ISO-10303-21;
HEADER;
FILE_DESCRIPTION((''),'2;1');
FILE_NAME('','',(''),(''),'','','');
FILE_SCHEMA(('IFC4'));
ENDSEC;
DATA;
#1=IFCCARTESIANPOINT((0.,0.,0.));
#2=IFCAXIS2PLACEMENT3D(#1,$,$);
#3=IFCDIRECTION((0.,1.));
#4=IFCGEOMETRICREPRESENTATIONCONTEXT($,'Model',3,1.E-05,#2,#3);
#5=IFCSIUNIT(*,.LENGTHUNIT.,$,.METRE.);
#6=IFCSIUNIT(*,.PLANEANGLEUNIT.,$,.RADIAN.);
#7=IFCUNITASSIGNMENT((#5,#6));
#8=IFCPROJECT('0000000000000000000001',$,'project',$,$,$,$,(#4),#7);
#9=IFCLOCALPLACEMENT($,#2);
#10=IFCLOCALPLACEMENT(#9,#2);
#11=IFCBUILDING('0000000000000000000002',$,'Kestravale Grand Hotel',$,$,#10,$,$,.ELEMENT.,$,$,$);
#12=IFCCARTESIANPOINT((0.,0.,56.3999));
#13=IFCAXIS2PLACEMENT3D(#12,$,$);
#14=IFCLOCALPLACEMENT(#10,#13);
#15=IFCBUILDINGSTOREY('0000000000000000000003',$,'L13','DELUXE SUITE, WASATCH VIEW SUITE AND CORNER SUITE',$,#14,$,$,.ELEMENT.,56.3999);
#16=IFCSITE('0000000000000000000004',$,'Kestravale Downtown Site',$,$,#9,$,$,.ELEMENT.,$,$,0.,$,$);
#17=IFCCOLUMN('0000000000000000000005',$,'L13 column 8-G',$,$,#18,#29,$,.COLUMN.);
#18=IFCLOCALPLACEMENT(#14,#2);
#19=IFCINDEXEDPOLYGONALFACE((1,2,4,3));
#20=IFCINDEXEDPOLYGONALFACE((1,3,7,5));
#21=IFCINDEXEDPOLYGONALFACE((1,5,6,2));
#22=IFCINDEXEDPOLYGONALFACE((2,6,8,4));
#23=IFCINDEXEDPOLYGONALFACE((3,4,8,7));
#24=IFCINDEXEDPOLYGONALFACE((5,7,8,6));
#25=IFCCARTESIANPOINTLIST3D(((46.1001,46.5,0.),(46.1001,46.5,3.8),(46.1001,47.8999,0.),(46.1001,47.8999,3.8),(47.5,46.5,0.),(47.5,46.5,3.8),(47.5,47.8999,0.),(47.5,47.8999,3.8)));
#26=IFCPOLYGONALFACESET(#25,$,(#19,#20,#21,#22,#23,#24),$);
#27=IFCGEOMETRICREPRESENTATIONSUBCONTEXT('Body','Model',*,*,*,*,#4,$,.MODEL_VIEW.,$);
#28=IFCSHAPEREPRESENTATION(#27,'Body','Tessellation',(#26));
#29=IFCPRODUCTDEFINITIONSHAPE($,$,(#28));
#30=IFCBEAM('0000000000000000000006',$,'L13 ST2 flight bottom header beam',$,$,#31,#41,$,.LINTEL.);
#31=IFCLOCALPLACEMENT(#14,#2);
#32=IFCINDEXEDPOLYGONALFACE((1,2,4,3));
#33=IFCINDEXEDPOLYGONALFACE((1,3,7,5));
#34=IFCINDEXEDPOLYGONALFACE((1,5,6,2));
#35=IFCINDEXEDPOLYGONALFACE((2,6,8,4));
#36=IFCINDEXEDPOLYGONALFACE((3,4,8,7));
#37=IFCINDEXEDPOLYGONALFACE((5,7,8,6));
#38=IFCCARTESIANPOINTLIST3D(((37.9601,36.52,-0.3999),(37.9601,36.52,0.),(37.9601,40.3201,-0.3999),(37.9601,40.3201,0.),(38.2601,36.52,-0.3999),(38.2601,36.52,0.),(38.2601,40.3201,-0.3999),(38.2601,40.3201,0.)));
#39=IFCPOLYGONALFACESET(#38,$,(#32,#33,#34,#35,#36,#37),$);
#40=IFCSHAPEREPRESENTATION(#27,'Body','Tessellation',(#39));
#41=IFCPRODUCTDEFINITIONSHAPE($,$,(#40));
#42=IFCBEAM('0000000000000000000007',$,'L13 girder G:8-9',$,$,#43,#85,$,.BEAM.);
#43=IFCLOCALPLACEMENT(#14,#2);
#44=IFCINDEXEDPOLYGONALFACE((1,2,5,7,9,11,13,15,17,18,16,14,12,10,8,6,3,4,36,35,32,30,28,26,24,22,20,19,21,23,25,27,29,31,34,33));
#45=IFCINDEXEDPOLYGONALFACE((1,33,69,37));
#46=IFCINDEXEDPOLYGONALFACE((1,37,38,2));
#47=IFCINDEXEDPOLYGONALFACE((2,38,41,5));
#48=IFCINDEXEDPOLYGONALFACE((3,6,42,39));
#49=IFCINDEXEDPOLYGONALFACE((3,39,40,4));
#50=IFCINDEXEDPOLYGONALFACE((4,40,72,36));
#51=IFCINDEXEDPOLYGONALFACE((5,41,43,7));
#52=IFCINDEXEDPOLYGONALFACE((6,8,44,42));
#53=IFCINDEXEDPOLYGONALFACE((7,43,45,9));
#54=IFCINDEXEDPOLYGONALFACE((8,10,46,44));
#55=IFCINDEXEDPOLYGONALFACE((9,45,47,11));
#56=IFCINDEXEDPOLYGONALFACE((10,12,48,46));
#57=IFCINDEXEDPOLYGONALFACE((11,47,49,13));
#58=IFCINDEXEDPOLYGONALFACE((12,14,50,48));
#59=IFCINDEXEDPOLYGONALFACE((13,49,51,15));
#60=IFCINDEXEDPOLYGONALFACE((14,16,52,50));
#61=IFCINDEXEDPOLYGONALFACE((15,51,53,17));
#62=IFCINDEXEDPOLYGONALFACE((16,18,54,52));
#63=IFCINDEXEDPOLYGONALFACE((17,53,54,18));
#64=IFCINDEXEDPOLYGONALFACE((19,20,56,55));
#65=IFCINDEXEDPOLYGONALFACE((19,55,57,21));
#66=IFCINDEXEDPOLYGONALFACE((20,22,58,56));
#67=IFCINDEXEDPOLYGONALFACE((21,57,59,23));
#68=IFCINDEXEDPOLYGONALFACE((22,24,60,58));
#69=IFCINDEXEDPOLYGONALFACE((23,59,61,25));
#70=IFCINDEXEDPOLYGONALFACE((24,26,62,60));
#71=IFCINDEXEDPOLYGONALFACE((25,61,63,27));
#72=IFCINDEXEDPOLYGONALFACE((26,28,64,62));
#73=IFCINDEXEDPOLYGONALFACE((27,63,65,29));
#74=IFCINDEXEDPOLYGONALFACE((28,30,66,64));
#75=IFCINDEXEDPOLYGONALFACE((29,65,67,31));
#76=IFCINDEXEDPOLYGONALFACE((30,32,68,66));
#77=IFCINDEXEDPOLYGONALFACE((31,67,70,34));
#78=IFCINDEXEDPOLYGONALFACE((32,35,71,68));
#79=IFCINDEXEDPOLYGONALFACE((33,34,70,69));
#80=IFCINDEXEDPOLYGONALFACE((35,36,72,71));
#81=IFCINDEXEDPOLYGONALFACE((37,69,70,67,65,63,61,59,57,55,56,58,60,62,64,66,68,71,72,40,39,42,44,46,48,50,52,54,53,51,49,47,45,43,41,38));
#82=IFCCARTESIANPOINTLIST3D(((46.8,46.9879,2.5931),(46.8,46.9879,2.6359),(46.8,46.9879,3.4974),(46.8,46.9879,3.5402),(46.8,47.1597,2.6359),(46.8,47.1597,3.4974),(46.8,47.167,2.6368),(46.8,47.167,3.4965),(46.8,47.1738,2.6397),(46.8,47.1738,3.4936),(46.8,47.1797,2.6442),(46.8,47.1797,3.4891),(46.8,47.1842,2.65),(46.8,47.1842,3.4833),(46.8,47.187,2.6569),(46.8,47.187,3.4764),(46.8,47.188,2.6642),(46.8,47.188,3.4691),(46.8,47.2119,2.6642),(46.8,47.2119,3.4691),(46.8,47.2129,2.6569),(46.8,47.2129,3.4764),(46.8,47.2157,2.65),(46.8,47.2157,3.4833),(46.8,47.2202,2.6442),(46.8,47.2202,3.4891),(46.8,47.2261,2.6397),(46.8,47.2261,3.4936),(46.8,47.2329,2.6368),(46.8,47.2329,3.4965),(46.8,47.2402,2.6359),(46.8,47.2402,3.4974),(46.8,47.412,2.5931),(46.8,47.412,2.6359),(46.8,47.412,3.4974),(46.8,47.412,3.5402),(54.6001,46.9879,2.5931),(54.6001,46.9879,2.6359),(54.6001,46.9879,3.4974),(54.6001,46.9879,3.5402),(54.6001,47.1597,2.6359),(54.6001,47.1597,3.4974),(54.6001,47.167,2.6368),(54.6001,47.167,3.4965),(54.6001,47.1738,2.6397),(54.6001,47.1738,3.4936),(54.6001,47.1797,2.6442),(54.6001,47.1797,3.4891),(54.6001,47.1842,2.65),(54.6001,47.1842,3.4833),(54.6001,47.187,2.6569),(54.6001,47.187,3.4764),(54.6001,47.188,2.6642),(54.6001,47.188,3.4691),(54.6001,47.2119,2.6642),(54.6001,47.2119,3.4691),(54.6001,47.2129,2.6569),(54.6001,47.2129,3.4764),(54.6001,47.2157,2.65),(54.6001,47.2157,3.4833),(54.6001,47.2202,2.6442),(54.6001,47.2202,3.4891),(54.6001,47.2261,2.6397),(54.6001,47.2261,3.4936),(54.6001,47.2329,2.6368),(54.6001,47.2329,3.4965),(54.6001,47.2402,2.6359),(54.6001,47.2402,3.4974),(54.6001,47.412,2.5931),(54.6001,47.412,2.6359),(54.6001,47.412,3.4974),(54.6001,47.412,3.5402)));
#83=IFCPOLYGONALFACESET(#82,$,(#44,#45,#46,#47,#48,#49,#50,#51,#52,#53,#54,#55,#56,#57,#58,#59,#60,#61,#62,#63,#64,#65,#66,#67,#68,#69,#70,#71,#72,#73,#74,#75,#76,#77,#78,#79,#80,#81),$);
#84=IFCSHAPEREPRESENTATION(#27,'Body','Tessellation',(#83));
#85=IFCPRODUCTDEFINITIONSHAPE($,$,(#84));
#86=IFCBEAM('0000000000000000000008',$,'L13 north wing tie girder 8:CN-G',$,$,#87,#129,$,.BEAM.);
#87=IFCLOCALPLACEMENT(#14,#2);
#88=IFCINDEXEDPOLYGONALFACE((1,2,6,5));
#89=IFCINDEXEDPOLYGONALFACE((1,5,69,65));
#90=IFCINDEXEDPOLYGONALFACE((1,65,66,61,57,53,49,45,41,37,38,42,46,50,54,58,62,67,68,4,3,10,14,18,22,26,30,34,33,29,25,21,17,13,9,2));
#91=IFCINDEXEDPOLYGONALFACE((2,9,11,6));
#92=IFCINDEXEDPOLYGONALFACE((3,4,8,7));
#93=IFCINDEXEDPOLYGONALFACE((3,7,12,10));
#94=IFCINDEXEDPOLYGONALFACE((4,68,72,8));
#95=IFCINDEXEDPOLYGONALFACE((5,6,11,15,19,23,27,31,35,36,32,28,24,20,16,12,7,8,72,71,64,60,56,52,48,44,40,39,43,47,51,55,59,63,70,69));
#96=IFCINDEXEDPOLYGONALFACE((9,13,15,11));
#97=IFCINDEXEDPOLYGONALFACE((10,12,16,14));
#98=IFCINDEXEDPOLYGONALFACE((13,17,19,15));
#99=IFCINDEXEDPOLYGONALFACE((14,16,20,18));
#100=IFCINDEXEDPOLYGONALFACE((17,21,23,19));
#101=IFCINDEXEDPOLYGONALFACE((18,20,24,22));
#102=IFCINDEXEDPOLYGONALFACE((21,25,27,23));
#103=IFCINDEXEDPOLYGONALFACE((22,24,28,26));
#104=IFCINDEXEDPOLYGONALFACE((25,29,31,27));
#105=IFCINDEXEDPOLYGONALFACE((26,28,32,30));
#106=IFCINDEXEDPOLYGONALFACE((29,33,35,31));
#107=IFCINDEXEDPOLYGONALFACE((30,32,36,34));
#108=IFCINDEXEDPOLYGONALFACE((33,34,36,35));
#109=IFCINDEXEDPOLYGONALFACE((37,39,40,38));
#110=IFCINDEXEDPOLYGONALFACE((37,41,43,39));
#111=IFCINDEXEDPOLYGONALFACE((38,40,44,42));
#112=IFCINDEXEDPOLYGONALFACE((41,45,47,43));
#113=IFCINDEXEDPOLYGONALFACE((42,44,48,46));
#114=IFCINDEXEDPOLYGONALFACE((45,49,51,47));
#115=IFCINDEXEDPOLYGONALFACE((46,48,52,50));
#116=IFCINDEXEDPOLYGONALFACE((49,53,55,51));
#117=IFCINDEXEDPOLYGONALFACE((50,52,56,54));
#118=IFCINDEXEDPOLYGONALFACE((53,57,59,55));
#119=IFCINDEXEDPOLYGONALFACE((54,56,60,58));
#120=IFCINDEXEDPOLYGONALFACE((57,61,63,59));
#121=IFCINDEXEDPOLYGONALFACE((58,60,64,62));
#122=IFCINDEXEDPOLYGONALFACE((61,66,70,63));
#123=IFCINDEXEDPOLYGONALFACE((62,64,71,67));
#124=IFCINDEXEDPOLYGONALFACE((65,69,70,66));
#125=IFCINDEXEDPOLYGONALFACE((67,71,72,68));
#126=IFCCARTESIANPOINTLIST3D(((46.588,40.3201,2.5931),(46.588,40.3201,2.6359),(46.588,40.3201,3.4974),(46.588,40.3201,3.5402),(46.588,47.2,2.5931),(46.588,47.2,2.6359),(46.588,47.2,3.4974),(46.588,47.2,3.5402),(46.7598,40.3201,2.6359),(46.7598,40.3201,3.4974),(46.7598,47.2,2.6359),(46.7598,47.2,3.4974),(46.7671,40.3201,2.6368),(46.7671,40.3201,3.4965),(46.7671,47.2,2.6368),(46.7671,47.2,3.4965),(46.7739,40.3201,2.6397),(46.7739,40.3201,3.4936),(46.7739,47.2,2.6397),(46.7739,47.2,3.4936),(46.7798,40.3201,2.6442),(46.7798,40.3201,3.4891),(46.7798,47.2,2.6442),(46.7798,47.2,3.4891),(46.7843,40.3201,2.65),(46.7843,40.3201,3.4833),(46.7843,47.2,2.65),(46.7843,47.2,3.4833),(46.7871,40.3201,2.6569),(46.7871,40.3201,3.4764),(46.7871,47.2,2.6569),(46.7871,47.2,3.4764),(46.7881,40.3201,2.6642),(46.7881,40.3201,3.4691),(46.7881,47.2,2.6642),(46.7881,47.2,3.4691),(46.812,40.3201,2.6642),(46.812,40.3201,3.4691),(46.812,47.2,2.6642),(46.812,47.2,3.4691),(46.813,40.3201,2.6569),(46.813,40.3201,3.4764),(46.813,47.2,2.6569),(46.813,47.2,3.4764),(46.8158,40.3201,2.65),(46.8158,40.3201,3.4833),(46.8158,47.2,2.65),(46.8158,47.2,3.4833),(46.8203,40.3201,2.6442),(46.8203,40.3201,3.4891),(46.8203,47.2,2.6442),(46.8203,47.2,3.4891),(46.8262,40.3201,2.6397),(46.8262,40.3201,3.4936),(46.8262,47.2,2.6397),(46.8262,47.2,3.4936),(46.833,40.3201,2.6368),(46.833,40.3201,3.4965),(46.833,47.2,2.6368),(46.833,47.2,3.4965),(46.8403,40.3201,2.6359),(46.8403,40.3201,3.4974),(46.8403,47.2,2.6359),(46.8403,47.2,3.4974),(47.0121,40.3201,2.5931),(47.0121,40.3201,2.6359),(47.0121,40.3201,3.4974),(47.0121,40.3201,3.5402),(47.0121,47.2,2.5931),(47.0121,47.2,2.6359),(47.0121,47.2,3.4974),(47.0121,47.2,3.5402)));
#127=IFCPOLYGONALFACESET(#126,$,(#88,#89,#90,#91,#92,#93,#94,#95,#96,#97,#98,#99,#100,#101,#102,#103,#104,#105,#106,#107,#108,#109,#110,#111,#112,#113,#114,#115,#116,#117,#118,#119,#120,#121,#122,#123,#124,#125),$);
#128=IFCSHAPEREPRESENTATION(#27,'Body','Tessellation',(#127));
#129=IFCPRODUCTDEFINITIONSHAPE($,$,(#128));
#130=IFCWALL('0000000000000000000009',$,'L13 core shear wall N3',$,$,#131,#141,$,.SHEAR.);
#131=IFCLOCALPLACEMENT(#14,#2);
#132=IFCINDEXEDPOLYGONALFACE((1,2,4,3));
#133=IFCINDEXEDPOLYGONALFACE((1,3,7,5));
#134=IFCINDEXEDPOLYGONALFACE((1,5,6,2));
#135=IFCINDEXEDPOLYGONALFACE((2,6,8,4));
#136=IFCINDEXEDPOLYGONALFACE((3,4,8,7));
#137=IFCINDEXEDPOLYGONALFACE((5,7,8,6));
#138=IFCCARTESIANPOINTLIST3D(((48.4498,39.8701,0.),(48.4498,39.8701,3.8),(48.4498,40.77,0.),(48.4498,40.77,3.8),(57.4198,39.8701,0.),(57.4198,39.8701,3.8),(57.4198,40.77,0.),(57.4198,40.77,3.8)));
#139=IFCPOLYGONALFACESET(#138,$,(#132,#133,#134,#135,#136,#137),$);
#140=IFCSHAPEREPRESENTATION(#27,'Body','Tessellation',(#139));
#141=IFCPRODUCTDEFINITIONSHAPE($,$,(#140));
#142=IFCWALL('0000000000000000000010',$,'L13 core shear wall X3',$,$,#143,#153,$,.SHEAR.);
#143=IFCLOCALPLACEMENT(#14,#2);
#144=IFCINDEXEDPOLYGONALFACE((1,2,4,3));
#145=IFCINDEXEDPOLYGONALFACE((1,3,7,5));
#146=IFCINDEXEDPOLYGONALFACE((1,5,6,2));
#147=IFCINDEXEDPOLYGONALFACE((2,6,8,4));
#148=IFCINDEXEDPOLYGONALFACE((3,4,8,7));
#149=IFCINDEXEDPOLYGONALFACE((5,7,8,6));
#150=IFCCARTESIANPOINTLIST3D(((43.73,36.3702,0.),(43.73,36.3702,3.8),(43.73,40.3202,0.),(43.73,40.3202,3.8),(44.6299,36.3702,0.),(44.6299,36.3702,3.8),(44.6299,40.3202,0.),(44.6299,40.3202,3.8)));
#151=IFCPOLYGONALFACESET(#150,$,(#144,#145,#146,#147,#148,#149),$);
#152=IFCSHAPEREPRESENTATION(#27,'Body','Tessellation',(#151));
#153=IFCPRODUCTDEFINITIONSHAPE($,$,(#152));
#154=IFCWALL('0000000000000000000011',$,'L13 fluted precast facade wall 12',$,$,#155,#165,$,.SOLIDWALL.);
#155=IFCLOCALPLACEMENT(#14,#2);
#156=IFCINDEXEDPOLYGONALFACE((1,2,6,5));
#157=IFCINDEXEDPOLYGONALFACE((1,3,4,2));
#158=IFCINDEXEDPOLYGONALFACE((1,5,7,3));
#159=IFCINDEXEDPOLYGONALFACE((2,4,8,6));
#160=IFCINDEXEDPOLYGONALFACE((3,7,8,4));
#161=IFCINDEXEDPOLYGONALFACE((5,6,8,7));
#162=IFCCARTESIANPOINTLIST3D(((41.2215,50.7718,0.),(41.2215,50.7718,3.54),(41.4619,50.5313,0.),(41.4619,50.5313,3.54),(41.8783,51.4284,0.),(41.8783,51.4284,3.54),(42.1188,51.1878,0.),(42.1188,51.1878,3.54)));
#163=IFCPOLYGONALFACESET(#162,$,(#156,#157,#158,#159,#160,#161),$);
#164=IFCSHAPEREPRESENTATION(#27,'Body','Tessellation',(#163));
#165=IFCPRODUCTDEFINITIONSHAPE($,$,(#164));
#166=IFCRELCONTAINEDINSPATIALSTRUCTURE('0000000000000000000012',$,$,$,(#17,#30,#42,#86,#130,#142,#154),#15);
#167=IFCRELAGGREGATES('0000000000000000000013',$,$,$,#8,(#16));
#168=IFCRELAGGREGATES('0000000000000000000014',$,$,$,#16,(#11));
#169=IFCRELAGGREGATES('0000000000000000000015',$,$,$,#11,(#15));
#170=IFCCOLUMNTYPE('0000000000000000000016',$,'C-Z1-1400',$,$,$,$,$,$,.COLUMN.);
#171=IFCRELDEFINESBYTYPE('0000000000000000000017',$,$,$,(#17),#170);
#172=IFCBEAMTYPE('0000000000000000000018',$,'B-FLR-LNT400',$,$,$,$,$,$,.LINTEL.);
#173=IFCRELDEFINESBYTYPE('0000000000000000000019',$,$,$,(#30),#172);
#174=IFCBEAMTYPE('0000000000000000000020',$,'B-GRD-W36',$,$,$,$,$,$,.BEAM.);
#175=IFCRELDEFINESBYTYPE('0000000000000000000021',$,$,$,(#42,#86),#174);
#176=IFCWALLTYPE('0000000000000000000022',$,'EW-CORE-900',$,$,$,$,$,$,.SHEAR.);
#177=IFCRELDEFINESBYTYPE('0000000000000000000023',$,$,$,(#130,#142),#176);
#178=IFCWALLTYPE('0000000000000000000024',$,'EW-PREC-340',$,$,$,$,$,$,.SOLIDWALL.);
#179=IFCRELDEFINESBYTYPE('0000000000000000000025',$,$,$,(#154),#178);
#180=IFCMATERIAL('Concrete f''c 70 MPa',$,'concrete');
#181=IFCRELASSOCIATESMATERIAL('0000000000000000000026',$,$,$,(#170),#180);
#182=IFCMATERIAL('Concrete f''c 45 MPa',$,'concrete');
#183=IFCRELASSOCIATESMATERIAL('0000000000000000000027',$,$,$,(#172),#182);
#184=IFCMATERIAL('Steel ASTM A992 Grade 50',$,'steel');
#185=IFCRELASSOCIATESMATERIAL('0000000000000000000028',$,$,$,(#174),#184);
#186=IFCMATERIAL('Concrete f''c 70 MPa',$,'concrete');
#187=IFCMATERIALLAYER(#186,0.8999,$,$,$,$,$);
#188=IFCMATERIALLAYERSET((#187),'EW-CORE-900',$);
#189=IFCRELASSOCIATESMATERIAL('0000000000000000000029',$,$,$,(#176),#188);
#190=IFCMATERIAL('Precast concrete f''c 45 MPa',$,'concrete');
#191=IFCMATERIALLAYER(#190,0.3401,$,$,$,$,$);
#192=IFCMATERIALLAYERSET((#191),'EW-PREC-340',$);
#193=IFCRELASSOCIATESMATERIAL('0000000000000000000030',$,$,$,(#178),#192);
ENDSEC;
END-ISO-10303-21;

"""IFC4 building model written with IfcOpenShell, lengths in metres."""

from ifc_helpers import new_model, si_unit, direction, frame, frame_2d, origin, origin_2d, place, context, subcontext, project, spatial, rectangle, i_section, extrude, material, layer, layer_set, material_profile, profile_set, type_object, element, save


model = new_model("IFC4")

# Units and contexts
model_context = context("Model", 3, precision=1e-05, world=origin(), true_north=direction((0.0, 1.0)))
body_context = subcontext(model_context, "Body", "Model", "MODEL_VIEW")
ifc_project = project(units=[si_unit("LENGTHUNIT", "METRE"), si_unit("PLANEANGLEUNIT", "RADIAN")], contexts=[model_context])

# Site, building, storey
site_placement = place(None, origin())
site = spatial("IfcSite", under=ifc_project, at=site_placement, Name="Kestravale Downtown Site", CompositionType="ELEMENT", RefElevation=0.0)
building_placement = place(site_placement, origin())
building = spatial("IfcBuilding", under=site, at=building_placement, Name="Kestravale Grand Hotel", CompositionType="ELEMENT")
storey_placement = place(building_placement, frame((0.0, 0.0, 56.3999)))
storey = spatial("IfcBuildingStorey", under=building, at=storey_placement, Name="L13", Description="DELUXE SUITE, WASATCH VIEW SUITE AND CORNER SUITE", CompositionType="ELEMENT", Elevation=56.3999)

# Column
ifc_material_1 = material(Name="Concrete f'c 70 MPa", Category="concrete")
ifc_material_profile_1 = material_profile(ifc_material_1, rectangle(XDim=1.3999, YDim=1.3999, at=origin_2d()))
ifc_profile_set_1 = profile_set([ifc_material_profile_1], Name="Concrete f'c 70 MPa")
column_type = type_object("IfcColumnType", Name="C-Z1-1400", PredefinedType="COLUMN", material=ifc_profile_set_1)
column_placement = place(storey_placement, frame((46.8, 47.2, 0.0), z_axis=(0.0, 0.0, 1.0), x_axis=(1.0, 0.0, 0.0)))
element("IfcColumn", 1, at=column_placement, inside=storey, type_object=column_type, Name="L13 column 8-G", PredefinedType="COLUMN", context=body_context, shape_type="SweptSolid", body=[
    extrude(rectangle(XDim=1.3999, YDim=1.3999, at=origin_2d()), origin(), (0.0, 0.0, 1.0), 3.8),
])

# Beams
ifc_material_2 = material(Name="Concrete f'c 45 MPa", Category="concrete")
ifc_material_profile_2 = material_profile(ifc_material_2, rectangle(XDim=0.3, YDim=0.3999, at=origin_2d()))
ifc_profile_set_2 = profile_set([ifc_material_profile_2], Name="Concrete f'c 45 MPa")
beam_type_1 = type_object("IfcBeamType", Name="B-FLR-LNT400", PredefinedType="LINTEL", material=ifc_profile_set_2)
beam_1_placement = place(storey_placement, frame((38.1101, 36.52, -0.2), z_axis=(0.0, 1.0, 0.0), x_axis=(-1.0, 0.0, 0.0)))
element("IfcBeam", 2, at=beam_1_placement, inside=storey, type_object=beam_type_1, Name="L13 ST2 flight bottom header beam", PredefinedType="LINTEL", context=body_context, shape_type="SweptSolid", body=[
    extrude(rectangle(XDim=0.3, YDim=0.3999, at=origin_2d()), origin(), (0.0, 0.0, 1.0), 3.8),
])
ifc_material_3 = material(Name="Steel ASTM A992 Grade 50", Category="steel")
ifc_material_profile_3 = material_profile(ifc_material_3, i_section(OverallWidth=0.4241, OverallDepth=0.947, WebThickness=0.0239, FlangeThickness=0.0427, FilletRadius=0.0283, at=origin_2d()))
ifc_profile_set_3 = profile_set([ifc_material_profile_3], Name="Steel ASTM A992 Grade 50")
beam_type_2 = type_object("IfcBeamType", Name="B-GRD-W36", PredefinedType="BEAM", material=ifc_profile_set_3)
beam_2_placement = place(storey_placement, frame((46.8, 47.2, 3.0667), z_axis=(1.0, 0.0, 0.0), x_axis=(0.0, 1.0, 0.0)))
element("IfcBeam", 3, at=beam_2_placement, inside=storey, type_object=beam_type_2, Name="L13 girder G:8-9", PredefinedType="BEAM", context=body_context, shape_type="SweptSolid", body=[
    extrude(i_section(OverallWidth=0.4241, OverallDepth=0.947, WebThickness=0.0239, FlangeThickness=0.0427, FilletRadius=0.0283, at=origin_2d()), origin(), (0.0, 0.0, 1.0), 7.8),
])
beam_3_placement = place(storey_placement, frame((46.8, 40.3201, 3.0667), z_axis=(0.0, 1.0, 0.0), x_axis=(-1.0, 0.0, 0.0)))
element("IfcBeam", 4, at=beam_3_placement, inside=storey, type_object=beam_type_2, Name="L13 north wing tie girder 8:CN-G", PredefinedType="BEAM", context=body_context, shape_type="SweptSolid", body=[
    extrude(i_section(OverallWidth=0.4241, OverallDepth=0.947, WebThickness=0.0239, FlangeThickness=0.0427, FilletRadius=0.0283, at=origin_2d()), origin(), (0.0, 0.0, 1.0), 6.8799),
])

# Walls
ifc_material_4 = material(Name="Concrete f'c 70 MPa", Category="concrete")
ifc_layer_1 = layer(ifc_material_4, 0.8999)
ifc_layer_set_1 = layer_set([ifc_layer_1], Name="EW-CORE-900")
wall_type_1 = type_object("IfcWallType", Name="EW-CORE-900", PredefinedType="SHEAR", material=ifc_layer_set_1)
wall_1_placement = place(storey_placement, frame((48.45, 40.3201, 0.0), z_axis=(0.0, 0.0, 1.0), x_axis=(1.0, 0.0, 0.0)))
element("IfcWall", 5, at=wall_1_placement, inside=storey, type_object=wall_type_1, Name="L13 core shear wall N3", PredefinedType="SHEAR", context=body_context, shape_type="SweptSolid", body=[
    extrude(rectangle(XDim=8.97, YDim=0.8999, at=frame_2d((4.4849, 0.0))), origin(), (0.0, 0.0, 1.0), 3.8),
])
wall_2_placement = place(storey_placement, frame((44.1799, 36.3701, 0.0), z_axis=(0.0, 0.0, 1.0), x_axis=(0.0, 1.0, 0.0)))
element("IfcWall", 6, at=wall_2_placement, inside=storey, type_object=wall_type_1, Name="L13 core shear wall X3", PredefinedType="SHEAR", context=body_context, shape_type="SweptSolid", body=[
    extrude(rectangle(XDim=3.95, YDim=0.8999, at=frame_2d((1.9751, 0.0))), origin(), (0.0, 0.0, 1.0), 3.8),
])
ifc_material_5 = material(Name="Precast concrete f'c 45 MPa", Category="concrete")
ifc_layer_2 = layer(ifc_material_5, 0.3401)
ifc_layer_set_2 = layer_set([ifc_layer_2], Name="EW-PREC-340")
wall_type_2 = type_object("IfcWallType", Name="EW-PREC-340", PredefinedType="SOLIDWALL", material=ifc_layer_set_2)
wall_3_placement = place(storey_placement, frame((41.9985, 51.3081, 0.0), z_axis=(0.0, 0.0, 1.0), x_axis=(-0.707238, -0.706975, 0.0)))
element("IfcWall", 7, at=wall_3_placement, inside=storey, type_object=wall_type_2, Name="L13 fluted precast facade wall 12", PredefinedType="SOLIDWALL", context=body_context, shape_type="SweptSolid", body=[
    extrude(rectangle(XDim=0.9287, YDim=0.3401, at=frame_2d((0.4644, 0.0))), origin(), (0.0, 0.0, 1.0), 3.54),
])

save(model, "model.ifc")
